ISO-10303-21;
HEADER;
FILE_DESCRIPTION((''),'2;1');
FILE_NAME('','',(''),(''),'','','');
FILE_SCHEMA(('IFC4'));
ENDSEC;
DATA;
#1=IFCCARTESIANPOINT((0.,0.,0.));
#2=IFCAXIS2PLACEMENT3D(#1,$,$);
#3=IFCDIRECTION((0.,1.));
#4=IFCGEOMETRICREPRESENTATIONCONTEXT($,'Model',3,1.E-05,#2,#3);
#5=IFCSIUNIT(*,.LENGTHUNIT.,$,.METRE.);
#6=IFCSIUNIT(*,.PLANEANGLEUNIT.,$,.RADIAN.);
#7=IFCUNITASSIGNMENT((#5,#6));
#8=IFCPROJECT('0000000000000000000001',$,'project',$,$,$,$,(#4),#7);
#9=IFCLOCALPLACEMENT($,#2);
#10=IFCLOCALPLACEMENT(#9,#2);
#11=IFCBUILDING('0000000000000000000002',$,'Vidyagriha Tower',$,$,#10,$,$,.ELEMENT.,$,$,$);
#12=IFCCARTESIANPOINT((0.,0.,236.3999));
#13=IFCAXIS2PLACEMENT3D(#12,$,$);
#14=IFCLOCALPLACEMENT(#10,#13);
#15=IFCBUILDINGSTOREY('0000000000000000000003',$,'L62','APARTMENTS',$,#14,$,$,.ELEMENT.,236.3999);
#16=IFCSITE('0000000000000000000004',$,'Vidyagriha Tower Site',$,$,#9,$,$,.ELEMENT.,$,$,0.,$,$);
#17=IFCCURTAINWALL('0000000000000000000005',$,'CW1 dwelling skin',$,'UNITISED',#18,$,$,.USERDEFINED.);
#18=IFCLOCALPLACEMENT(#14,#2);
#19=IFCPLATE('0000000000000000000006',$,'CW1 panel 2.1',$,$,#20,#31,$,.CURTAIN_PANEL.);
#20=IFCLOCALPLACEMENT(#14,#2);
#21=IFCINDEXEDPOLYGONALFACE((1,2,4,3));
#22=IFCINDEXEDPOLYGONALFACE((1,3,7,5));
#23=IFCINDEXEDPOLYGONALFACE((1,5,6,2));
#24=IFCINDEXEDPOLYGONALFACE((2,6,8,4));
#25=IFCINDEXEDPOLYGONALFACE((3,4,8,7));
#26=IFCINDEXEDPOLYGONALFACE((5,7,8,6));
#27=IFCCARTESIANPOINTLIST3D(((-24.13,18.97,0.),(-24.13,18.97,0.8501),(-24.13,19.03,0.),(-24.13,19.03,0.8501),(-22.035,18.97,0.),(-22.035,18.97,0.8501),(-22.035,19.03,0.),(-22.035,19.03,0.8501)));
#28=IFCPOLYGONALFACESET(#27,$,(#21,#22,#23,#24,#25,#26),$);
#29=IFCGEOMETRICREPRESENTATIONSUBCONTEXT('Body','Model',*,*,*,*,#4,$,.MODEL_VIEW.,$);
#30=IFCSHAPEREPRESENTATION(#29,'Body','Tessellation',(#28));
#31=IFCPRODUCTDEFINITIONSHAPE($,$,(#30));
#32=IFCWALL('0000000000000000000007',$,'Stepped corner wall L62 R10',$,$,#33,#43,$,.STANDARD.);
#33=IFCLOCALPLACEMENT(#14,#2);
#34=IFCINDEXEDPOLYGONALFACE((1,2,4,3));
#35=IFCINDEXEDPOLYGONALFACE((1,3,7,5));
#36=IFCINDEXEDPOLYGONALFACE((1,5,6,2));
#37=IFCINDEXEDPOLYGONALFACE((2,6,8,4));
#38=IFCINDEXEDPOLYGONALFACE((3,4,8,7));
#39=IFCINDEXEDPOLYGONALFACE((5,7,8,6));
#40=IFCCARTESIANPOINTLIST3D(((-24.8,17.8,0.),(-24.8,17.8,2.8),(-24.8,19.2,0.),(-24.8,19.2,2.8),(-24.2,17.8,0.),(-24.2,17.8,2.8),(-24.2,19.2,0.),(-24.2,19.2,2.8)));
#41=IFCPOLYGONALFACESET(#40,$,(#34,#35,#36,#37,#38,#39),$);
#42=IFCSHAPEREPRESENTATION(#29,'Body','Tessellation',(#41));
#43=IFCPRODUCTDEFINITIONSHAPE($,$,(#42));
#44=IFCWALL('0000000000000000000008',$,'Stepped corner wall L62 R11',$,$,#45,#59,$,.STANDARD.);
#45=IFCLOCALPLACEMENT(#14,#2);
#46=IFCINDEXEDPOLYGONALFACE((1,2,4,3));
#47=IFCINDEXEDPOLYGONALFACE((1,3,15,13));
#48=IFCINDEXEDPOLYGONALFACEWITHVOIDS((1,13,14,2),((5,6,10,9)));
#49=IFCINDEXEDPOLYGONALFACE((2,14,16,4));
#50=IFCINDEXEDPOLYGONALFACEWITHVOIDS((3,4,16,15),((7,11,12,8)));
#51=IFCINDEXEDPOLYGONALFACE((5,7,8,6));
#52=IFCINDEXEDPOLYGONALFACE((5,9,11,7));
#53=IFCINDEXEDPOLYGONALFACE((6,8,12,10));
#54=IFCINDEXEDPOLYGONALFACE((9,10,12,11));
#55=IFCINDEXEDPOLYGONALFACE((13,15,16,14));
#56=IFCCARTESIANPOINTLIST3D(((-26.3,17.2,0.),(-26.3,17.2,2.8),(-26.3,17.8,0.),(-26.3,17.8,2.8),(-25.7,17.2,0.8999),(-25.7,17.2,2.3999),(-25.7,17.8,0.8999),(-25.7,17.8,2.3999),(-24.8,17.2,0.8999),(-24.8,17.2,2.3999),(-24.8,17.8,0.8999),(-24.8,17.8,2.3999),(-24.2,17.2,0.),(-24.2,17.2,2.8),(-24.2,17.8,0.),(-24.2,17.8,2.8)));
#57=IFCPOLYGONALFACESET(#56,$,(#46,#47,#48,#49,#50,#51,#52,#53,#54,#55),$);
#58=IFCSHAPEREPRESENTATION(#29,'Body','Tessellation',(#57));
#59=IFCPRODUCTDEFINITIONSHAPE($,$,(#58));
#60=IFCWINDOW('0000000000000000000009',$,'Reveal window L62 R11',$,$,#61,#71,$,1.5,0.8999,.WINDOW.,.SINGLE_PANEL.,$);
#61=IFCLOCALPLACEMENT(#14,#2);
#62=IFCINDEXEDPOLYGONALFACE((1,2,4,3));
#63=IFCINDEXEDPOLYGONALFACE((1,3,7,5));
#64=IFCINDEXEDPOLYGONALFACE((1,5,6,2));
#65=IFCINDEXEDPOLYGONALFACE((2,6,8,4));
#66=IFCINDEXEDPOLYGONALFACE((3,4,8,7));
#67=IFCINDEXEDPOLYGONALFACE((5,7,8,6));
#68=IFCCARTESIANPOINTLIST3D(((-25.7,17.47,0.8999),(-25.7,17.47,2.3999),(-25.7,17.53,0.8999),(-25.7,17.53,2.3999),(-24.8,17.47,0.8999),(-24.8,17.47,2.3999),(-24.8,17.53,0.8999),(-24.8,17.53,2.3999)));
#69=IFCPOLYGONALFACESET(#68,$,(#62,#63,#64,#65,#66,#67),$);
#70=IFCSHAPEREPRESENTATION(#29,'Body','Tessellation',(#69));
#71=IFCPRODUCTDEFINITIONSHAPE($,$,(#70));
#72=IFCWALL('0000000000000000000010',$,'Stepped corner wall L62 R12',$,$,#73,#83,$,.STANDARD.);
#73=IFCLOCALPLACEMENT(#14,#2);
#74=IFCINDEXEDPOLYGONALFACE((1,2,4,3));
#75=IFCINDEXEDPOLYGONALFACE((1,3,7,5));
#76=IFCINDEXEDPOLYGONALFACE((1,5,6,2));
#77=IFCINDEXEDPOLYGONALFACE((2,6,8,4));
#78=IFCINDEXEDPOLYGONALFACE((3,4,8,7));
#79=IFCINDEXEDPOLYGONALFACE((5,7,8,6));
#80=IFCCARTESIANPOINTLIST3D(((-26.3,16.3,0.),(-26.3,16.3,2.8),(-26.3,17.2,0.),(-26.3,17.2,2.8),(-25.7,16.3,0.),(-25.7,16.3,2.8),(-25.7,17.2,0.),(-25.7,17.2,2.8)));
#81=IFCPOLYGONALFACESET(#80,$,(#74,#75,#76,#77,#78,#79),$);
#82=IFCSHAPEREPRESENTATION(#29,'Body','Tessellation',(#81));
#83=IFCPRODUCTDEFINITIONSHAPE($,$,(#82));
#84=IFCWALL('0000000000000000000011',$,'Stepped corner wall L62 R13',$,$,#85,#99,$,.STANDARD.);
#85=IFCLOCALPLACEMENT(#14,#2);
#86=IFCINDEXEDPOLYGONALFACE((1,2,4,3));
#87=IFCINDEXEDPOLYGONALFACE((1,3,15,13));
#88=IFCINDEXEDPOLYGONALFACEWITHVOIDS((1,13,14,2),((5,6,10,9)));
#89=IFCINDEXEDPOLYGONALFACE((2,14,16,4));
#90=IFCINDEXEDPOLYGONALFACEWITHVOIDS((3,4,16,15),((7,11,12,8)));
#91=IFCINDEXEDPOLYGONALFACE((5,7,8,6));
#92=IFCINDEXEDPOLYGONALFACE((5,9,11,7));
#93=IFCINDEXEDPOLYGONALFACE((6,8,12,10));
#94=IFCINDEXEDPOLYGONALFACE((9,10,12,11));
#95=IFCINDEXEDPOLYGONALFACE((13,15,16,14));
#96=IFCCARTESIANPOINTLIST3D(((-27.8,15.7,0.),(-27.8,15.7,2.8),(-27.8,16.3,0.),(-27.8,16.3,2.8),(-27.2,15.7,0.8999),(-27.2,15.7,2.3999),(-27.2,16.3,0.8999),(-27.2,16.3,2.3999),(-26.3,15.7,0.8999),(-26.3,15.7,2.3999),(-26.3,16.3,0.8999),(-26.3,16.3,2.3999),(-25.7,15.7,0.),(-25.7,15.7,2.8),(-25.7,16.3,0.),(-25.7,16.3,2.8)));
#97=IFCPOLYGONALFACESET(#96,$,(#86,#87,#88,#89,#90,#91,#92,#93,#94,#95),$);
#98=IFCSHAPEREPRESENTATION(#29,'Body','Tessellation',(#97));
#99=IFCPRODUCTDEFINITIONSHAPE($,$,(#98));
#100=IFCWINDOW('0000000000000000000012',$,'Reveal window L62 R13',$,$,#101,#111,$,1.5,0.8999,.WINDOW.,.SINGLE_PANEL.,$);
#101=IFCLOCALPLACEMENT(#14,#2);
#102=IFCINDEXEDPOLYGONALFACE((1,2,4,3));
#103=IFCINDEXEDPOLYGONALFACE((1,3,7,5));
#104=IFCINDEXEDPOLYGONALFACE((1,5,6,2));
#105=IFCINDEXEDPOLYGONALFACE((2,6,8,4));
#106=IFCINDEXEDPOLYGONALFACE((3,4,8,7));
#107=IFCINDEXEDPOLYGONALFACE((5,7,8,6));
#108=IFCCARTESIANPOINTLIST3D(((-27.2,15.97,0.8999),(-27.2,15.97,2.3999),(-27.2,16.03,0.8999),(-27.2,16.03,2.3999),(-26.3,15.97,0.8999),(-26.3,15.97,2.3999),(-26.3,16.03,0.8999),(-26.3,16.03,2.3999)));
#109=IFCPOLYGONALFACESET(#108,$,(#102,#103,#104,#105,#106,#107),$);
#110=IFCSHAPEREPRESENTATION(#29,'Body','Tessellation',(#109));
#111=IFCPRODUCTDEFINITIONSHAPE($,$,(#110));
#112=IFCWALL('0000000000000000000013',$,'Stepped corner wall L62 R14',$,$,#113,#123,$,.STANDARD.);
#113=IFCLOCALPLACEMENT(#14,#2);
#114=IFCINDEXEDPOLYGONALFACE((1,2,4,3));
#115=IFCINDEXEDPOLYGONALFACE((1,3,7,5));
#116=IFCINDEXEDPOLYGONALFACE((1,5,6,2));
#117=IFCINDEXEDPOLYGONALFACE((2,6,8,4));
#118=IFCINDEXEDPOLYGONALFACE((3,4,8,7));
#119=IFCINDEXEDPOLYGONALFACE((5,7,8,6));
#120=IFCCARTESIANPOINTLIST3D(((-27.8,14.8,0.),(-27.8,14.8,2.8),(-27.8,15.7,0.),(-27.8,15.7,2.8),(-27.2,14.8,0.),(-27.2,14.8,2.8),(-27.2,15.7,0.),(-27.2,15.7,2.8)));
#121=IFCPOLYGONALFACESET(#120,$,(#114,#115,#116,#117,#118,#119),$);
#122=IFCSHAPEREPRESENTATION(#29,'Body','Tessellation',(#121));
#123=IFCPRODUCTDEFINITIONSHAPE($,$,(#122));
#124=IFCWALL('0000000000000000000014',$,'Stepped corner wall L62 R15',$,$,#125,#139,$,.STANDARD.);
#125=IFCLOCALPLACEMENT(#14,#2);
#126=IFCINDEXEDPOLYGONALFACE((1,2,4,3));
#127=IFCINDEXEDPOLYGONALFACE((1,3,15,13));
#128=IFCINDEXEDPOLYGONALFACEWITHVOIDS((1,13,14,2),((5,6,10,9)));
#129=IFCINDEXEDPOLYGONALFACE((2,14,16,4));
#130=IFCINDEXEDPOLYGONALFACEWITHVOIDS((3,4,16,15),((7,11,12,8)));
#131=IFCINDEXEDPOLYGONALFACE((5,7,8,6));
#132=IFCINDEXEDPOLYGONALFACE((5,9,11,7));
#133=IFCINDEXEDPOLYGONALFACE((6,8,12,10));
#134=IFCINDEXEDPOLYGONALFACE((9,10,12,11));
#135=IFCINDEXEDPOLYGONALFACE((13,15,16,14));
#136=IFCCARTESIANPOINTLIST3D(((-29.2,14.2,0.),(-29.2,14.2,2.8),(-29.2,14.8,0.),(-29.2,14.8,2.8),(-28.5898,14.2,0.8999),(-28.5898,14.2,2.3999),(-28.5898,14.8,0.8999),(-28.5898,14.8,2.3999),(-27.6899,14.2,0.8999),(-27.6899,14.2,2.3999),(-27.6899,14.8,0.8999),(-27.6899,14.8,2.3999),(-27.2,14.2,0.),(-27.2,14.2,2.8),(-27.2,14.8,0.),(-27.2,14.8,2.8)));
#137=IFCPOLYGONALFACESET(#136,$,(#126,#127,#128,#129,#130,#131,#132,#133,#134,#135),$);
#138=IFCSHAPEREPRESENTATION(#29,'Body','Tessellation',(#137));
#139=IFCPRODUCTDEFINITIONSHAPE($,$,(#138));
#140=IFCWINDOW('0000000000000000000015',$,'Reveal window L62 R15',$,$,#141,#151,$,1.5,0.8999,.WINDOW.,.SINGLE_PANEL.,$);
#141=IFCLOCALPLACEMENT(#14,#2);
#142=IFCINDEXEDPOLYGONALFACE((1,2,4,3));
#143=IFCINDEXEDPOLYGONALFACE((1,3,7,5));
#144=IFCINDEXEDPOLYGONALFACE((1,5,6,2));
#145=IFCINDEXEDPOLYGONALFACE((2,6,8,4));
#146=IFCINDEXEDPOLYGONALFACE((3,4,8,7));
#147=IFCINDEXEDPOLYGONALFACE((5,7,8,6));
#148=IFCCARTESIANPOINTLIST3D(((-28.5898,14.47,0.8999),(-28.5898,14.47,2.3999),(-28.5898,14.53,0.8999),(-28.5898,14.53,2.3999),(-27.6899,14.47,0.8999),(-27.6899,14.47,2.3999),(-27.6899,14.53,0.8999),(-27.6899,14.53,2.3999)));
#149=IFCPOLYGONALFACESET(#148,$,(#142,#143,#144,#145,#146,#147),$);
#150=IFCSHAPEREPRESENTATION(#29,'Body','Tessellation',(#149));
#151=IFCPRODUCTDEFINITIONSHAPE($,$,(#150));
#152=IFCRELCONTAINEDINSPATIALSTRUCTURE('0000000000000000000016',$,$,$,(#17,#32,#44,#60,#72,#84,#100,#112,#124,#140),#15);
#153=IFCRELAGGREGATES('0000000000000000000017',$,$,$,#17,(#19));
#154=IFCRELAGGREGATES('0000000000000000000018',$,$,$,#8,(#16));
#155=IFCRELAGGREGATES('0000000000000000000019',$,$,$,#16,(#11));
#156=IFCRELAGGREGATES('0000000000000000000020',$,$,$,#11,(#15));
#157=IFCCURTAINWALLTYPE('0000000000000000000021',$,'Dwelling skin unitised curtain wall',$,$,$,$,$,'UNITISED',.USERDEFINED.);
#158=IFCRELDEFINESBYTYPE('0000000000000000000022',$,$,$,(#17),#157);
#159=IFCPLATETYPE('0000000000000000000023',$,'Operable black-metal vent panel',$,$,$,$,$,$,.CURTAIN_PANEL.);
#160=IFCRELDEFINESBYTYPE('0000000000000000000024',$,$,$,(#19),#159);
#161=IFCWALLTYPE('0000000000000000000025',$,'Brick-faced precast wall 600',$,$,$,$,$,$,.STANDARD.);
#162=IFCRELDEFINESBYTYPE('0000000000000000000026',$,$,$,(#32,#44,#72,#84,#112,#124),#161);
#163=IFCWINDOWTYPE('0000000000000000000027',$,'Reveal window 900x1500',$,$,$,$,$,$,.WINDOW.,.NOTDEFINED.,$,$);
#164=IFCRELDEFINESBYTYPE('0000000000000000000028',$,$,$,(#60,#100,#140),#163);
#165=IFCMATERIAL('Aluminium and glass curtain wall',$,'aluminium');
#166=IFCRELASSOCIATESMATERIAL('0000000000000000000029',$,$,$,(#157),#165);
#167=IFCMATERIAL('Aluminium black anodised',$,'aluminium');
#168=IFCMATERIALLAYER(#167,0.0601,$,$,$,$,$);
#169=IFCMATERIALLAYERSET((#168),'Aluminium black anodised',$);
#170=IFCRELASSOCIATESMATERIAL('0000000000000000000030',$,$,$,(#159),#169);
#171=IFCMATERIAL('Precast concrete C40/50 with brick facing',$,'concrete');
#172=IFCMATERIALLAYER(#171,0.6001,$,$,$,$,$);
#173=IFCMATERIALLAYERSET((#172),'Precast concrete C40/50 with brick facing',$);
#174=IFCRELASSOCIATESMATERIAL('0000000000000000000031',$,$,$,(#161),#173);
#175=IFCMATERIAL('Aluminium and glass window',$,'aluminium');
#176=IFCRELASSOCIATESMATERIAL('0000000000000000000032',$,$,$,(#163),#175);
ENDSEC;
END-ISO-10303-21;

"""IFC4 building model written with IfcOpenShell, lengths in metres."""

from ifc_helpers import new_model, si_unit, direction, frame, frame_2d, origin, origin_2d, place, context, subcontext, project, spatial, rectangle, extrude, material, layer, layer_set, type_object, element, fill, aggregate, save


model = new_model("IFC4")

# Units and contexts
model_context = context("Model", 3, precision=1e-05, world=origin(), true_north=direction((0.0, 1.0)))
body_context = subcontext(model_context, "Body", "Model", "MODEL_VIEW")
ifc_project = project(units=[si_unit("LENGTHUNIT", "METRE"), si_unit("PLANEANGLEUNIT", "RADIAN")], contexts=[model_context])

# Site, building, storey
site_placement = place(None, origin())
site = spatial("IfcSite", under=ifc_project, at=site_placement, Name="Vidyagriha Tower Site", CompositionType="ELEMENT", RefElevation=0.0)
building_placement = place(site_placement, origin())
building = spatial("IfcBuilding", under=site, at=building_placement, Name="Vidyagriha Tower", CompositionType="ELEMENT")
storey_placement = place(building_placement, frame((0.0, 0.0, 236.3999)))
storey = spatial("IfcBuildingStorey", under=building, at=storey_placement, Name="L62", Description="APARTMENTS", CompositionType="ELEMENT", Elevation=236.3999)

# Curtain wall
ifc_material_1 = material(Name="Aluminium and glass curtain wall", Category="aluminium")
curtain_wall_type = type_object("IfcCurtainWallType", Name="Dwelling skin unitised curtain wall", ElementType="UNITISED", PredefinedType="USERDEFINED", material=ifc_material_1)
curtain_wall_1_placement = place(storey_placement, origin())
curtain_wall_1 = element("IfcCurtainWall", 1, at=curtain_wall_1_placement, inside=storey, type_object=curtain_wall_type, Name="CW1 dwelling skin", ObjectType="UNITISED", PredefinedType="USERDEFINED")

# Plate
ifc_material_2 = material(Name="Aluminium black anodised", Category="aluminium")
ifc_layer_1 = layer(ifc_material_2, 0.0601)
ifc_layer_set_1 = layer_set([ifc_layer_1], Name="Aluminium black anodised")
plate_type_1 = type_object("IfcPlateType", Name="Operable black-metal vent panel", PredefinedType="CURTAIN_PANEL", material=ifc_layer_set_1)
plate_1_placement = place(storey_placement, frame((-23.0825, 19.0, 0.0), z_axis=(0.0, 0.0, 1.0), x_axis=(-1.0, 0.0, 0.0)))
plate_1 = element("IfcPlate", 2, at=plate_1_placement, type_object=plate_type_1, Name="CW1 panel 2.1", PredefinedType="CURTAIN_PANEL", context=body_context, shape_type="SweptSolid", body=[
    extrude(rectangle(XDim=2.095, YDim=0.0601, at=origin_2d()), origin(), (0.0, 0.0, 1.0), 0.8501),
])
aggregate(curtain_wall_1, [plate_1])

# Wall
ifc_material_3 = material(Name="Precast concrete C40/50 with brick facing", Category="concrete")
ifc_layer_2 = layer(ifc_material_3, 0.6001)
ifc_layer_set_2 = layer_set([ifc_layer_2], Name="Precast concrete C40/50 with brick facing")
wall_type_1 = type_object("IfcWallType", Name="Brick-faced precast wall 600", PredefinedType="STANDARD", material=ifc_layer_set_2)
wall_1_placement = place(storey_placement, frame((-24.5, 19.2, 0.0), z_axis=(0.0, 0.0, 1.0), x_axis=(0.0, -1.0, 0.0)))
element("IfcWall", 3, at=wall_1_placement, inside=storey, type_object=wall_type_1, Name="Stepped corner wall L62 R10", PredefinedType="STANDARD", context=body_context, shape_type="SweptSolid", body=[
    extrude(rectangle(XDim=1.3999, YDim=0.6001, at=frame_2d((0.7, 0.0))), origin(), (0.0, 0.0, 1.0), 2.8),
])

# Wall, opening, window
wall_2_placement = place(storey_placement, frame((-24.2, 17.5, 0.0), z_axis=(0.0, 0.0, 1.0), x_axis=(-1.0, 0.0, 0.0)))
wall_2 = element("IfcWall", 4, at=wall_2_placement, inside=storey, type_object=wall_type_1, Name="Stepped corner wall L62 R11", PredefinedType="STANDARD", context=body_context, shape_type="SweptSolid", body=[
    extrude(rectangle(XDim=2.1001, YDim=0.6001, at=frame_2d((1.05, 0.0))), origin(), (0.0, 0.0, 1.0), 2.8),
])
opening_1_placement = place(wall_2_placement, frame((0.6001, 0.0, 0.8999)))
opening_1 = element("IfcOpeningElement", 5, at=opening_1_placement, cuts=wall_2, PredefinedType="OPENING", context=body_context, shape_type="SweptSolid", body=[
    extrude(rectangle(XDim=0.8999, YDim=1.5, at=frame_2d((0.45, 0.75))), frame((0.0, 0.3101, 0.0), z_axis=(0.0, -1.0, 0.0), x_axis=(1.0, 0.0, 0.0)), (0.0, 0.0, 1.0), 0.6201),
])
ifc_material_4 = material(Name="Aluminium and glass window", Category="aluminium")
window_type = type_object("IfcWindowType", Name="Reveal window 900x1500", PartitioningType="NOTDEFINED", PredefinedType="WINDOW", material=ifc_material_4)
window_1_placement = place(opening_1_placement, origin())
window_1 = element("IfcWindow", 6, at=window_1_placement, inside=storey, type_object=window_type, Name="Reveal window L62 R11", OverallHeight=1.5, OverallWidth=0.8999, PartitioningType="SINGLE_PANEL", PredefinedType="WINDOW", context=body_context, shape_type="SweptSolid", body=[
    extrude(rectangle(XDim=0.8999, YDim=1.5, at=frame_2d((0.45, 0.75))), frame((0.0, 0.03, 0.0), z_axis=(0.0, -1.0, 0.0), x_axis=(1.0, 0.0, 0.0)), (0.0, 0.0, 1.0), 0.0601),
])
fill(opening_1, window_1)

# Wall
wall_3_placement = place(storey_placement, frame((-26.0, 17.2, 0.0), z_axis=(0.0, 0.0, 1.0), x_axis=(0.0, -1.0, 0.0)))
element("IfcWall", 7, at=wall_3_placement, inside=storey, type_object=wall_type_1, Name="Stepped corner wall L62 R12", PredefinedType="STANDARD", context=body_context, shape_type="SweptSolid", body=[
    extrude(rectangle(XDim=0.8999, YDim=0.6001, at=frame_2d((0.45, 0.0))), origin(), (0.0, 0.0, 1.0), 2.8),
])

# Wall, opening, window
wall_4_placement = place(storey_placement, frame((-25.7, 16.0, 0.0), z_axis=(0.0, 0.0, 1.0), x_axis=(-1.0, 0.0, 0.0)))
wall_4 = element("IfcWall", 8, at=wall_4_placement, inside=storey, type_object=wall_type_1, Name="Stepped corner wall L62 R13", PredefinedType="STANDARD", context=body_context, shape_type="SweptSolid", body=[
    extrude(rectangle(XDim=2.1001, YDim=0.6001, at=frame_2d((1.05, 0.0))), origin(), (0.0, 0.0, 1.0), 2.8),
])
opening_2_placement = place(wall_4_placement, frame((0.6001, 0.0, 0.8999)))
opening_2 = element("IfcOpeningElement", 9, at=opening_2_placement, cuts=wall_4, PredefinedType="OPENING", context=body_context, shape_type="SweptSolid", body=[
    extrude(rectangle(XDim=0.8999, YDim=1.5, at=frame_2d((0.45, 0.75))), frame((0.0, 0.3101, 0.0), z_axis=(0.0, -1.0, 0.0), x_axis=(1.0, 0.0, 0.0)), (0.0, 0.0, 1.0), 0.6201),
])
window_2_placement = place(opening_2_placement, origin())
window_2 = element("IfcWindow", 10, at=window_2_placement, inside=storey, type_object=window_type, Name="Reveal window L62 R13", OverallHeight=1.5, OverallWidth=0.8999, PartitioningType="SINGLE_PANEL", PredefinedType="WINDOW", context=body_context, shape_type="SweptSolid", body=[
    extrude(rectangle(XDim=0.8999, YDim=1.5, at=frame_2d((0.45, 0.75))), frame((0.0, 0.03, 0.0), z_axis=(0.0, -1.0, 0.0), x_axis=(1.0, 0.0, 0.0)), (0.0, 0.0, 1.0), 0.0601),
])
fill(opening_2, window_2)

# Wall
wall_5_placement = place(storey_placement, frame((-27.5, 15.7, 0.0), z_axis=(0.0, 0.0, 1.0), x_axis=(0.0, -1.0, 0.0)))
element("IfcWall", 11, at=wall_5_placement, inside=storey, type_object=wall_type_1, Name="Stepped corner wall L62 R14", PredefinedType="STANDARD", context=body_context, shape_type="SweptSolid", body=[
    extrude(rectangle(XDim=0.8999, YDim=0.6001, at=frame_2d((0.45, 0.0))), origin(), (0.0, 0.0, 1.0), 2.8),
])

# Wall, opening, window
wall_6_placement = place(storey_placement, frame((-27.2, 14.5, 0.0), z_axis=(0.0, 0.0, 1.0), x_axis=(-1.0, 0.0, 0.0)))
wall_6 = element("IfcWall", 12, at=wall_6_placement, inside=storey, type_object=wall_type_1, Name="Stepped corner wall L62 R15", PredefinedType="STANDARD", context=body_context, shape_type="SweptSolid", body=[
    extrude(rectangle(XDim=2.0, YDim=0.6001, at=frame_2d((1.0, 0.0))), origin(), (0.0, 0.0, 1.0), 2.8),
])
opening_3_placement = place(wall_6_placement, frame((0.49, 0.0, 0.8999)))
opening_3 = element("IfcOpeningElement", 13, at=opening_3_placement, cuts=wall_6, PredefinedType="OPENING", context=body_context, shape_type="SweptSolid", body=[
    extrude(rectangle(XDim=0.8999, YDim=1.5, at=frame_2d((0.45, 0.75))), frame((0.0, 0.3101, 0.0), z_axis=(0.0, -1.0, 0.0), x_axis=(1.0, 0.0, 0.0)), (0.0, 0.0, 1.0), 0.6201),
])
window_3_placement = place(opening_3_placement, origin())
window_3 = element("IfcWindow", 14, at=window_3_placement, inside=storey, type_object=window_type, Name="Reveal window L62 R15", OverallHeight=1.5, OverallWidth=0.8999, PartitioningType="SINGLE_PANEL", PredefinedType="WINDOW", context=body_context, shape_type="SweptSolid", body=[
    extrude(rectangle(XDim=0.8999, YDim=1.5, at=frame_2d((0.45, 0.75))), frame((0.0, 0.03, 0.0), z_axis=(0.0, -1.0, 0.0), x_axis=(1.0, 0.0, 0.0)), (0.0, 0.0, 1.0), 0.0601),
])
fill(opening_3, window_3)

save(model, "model.ifc")
